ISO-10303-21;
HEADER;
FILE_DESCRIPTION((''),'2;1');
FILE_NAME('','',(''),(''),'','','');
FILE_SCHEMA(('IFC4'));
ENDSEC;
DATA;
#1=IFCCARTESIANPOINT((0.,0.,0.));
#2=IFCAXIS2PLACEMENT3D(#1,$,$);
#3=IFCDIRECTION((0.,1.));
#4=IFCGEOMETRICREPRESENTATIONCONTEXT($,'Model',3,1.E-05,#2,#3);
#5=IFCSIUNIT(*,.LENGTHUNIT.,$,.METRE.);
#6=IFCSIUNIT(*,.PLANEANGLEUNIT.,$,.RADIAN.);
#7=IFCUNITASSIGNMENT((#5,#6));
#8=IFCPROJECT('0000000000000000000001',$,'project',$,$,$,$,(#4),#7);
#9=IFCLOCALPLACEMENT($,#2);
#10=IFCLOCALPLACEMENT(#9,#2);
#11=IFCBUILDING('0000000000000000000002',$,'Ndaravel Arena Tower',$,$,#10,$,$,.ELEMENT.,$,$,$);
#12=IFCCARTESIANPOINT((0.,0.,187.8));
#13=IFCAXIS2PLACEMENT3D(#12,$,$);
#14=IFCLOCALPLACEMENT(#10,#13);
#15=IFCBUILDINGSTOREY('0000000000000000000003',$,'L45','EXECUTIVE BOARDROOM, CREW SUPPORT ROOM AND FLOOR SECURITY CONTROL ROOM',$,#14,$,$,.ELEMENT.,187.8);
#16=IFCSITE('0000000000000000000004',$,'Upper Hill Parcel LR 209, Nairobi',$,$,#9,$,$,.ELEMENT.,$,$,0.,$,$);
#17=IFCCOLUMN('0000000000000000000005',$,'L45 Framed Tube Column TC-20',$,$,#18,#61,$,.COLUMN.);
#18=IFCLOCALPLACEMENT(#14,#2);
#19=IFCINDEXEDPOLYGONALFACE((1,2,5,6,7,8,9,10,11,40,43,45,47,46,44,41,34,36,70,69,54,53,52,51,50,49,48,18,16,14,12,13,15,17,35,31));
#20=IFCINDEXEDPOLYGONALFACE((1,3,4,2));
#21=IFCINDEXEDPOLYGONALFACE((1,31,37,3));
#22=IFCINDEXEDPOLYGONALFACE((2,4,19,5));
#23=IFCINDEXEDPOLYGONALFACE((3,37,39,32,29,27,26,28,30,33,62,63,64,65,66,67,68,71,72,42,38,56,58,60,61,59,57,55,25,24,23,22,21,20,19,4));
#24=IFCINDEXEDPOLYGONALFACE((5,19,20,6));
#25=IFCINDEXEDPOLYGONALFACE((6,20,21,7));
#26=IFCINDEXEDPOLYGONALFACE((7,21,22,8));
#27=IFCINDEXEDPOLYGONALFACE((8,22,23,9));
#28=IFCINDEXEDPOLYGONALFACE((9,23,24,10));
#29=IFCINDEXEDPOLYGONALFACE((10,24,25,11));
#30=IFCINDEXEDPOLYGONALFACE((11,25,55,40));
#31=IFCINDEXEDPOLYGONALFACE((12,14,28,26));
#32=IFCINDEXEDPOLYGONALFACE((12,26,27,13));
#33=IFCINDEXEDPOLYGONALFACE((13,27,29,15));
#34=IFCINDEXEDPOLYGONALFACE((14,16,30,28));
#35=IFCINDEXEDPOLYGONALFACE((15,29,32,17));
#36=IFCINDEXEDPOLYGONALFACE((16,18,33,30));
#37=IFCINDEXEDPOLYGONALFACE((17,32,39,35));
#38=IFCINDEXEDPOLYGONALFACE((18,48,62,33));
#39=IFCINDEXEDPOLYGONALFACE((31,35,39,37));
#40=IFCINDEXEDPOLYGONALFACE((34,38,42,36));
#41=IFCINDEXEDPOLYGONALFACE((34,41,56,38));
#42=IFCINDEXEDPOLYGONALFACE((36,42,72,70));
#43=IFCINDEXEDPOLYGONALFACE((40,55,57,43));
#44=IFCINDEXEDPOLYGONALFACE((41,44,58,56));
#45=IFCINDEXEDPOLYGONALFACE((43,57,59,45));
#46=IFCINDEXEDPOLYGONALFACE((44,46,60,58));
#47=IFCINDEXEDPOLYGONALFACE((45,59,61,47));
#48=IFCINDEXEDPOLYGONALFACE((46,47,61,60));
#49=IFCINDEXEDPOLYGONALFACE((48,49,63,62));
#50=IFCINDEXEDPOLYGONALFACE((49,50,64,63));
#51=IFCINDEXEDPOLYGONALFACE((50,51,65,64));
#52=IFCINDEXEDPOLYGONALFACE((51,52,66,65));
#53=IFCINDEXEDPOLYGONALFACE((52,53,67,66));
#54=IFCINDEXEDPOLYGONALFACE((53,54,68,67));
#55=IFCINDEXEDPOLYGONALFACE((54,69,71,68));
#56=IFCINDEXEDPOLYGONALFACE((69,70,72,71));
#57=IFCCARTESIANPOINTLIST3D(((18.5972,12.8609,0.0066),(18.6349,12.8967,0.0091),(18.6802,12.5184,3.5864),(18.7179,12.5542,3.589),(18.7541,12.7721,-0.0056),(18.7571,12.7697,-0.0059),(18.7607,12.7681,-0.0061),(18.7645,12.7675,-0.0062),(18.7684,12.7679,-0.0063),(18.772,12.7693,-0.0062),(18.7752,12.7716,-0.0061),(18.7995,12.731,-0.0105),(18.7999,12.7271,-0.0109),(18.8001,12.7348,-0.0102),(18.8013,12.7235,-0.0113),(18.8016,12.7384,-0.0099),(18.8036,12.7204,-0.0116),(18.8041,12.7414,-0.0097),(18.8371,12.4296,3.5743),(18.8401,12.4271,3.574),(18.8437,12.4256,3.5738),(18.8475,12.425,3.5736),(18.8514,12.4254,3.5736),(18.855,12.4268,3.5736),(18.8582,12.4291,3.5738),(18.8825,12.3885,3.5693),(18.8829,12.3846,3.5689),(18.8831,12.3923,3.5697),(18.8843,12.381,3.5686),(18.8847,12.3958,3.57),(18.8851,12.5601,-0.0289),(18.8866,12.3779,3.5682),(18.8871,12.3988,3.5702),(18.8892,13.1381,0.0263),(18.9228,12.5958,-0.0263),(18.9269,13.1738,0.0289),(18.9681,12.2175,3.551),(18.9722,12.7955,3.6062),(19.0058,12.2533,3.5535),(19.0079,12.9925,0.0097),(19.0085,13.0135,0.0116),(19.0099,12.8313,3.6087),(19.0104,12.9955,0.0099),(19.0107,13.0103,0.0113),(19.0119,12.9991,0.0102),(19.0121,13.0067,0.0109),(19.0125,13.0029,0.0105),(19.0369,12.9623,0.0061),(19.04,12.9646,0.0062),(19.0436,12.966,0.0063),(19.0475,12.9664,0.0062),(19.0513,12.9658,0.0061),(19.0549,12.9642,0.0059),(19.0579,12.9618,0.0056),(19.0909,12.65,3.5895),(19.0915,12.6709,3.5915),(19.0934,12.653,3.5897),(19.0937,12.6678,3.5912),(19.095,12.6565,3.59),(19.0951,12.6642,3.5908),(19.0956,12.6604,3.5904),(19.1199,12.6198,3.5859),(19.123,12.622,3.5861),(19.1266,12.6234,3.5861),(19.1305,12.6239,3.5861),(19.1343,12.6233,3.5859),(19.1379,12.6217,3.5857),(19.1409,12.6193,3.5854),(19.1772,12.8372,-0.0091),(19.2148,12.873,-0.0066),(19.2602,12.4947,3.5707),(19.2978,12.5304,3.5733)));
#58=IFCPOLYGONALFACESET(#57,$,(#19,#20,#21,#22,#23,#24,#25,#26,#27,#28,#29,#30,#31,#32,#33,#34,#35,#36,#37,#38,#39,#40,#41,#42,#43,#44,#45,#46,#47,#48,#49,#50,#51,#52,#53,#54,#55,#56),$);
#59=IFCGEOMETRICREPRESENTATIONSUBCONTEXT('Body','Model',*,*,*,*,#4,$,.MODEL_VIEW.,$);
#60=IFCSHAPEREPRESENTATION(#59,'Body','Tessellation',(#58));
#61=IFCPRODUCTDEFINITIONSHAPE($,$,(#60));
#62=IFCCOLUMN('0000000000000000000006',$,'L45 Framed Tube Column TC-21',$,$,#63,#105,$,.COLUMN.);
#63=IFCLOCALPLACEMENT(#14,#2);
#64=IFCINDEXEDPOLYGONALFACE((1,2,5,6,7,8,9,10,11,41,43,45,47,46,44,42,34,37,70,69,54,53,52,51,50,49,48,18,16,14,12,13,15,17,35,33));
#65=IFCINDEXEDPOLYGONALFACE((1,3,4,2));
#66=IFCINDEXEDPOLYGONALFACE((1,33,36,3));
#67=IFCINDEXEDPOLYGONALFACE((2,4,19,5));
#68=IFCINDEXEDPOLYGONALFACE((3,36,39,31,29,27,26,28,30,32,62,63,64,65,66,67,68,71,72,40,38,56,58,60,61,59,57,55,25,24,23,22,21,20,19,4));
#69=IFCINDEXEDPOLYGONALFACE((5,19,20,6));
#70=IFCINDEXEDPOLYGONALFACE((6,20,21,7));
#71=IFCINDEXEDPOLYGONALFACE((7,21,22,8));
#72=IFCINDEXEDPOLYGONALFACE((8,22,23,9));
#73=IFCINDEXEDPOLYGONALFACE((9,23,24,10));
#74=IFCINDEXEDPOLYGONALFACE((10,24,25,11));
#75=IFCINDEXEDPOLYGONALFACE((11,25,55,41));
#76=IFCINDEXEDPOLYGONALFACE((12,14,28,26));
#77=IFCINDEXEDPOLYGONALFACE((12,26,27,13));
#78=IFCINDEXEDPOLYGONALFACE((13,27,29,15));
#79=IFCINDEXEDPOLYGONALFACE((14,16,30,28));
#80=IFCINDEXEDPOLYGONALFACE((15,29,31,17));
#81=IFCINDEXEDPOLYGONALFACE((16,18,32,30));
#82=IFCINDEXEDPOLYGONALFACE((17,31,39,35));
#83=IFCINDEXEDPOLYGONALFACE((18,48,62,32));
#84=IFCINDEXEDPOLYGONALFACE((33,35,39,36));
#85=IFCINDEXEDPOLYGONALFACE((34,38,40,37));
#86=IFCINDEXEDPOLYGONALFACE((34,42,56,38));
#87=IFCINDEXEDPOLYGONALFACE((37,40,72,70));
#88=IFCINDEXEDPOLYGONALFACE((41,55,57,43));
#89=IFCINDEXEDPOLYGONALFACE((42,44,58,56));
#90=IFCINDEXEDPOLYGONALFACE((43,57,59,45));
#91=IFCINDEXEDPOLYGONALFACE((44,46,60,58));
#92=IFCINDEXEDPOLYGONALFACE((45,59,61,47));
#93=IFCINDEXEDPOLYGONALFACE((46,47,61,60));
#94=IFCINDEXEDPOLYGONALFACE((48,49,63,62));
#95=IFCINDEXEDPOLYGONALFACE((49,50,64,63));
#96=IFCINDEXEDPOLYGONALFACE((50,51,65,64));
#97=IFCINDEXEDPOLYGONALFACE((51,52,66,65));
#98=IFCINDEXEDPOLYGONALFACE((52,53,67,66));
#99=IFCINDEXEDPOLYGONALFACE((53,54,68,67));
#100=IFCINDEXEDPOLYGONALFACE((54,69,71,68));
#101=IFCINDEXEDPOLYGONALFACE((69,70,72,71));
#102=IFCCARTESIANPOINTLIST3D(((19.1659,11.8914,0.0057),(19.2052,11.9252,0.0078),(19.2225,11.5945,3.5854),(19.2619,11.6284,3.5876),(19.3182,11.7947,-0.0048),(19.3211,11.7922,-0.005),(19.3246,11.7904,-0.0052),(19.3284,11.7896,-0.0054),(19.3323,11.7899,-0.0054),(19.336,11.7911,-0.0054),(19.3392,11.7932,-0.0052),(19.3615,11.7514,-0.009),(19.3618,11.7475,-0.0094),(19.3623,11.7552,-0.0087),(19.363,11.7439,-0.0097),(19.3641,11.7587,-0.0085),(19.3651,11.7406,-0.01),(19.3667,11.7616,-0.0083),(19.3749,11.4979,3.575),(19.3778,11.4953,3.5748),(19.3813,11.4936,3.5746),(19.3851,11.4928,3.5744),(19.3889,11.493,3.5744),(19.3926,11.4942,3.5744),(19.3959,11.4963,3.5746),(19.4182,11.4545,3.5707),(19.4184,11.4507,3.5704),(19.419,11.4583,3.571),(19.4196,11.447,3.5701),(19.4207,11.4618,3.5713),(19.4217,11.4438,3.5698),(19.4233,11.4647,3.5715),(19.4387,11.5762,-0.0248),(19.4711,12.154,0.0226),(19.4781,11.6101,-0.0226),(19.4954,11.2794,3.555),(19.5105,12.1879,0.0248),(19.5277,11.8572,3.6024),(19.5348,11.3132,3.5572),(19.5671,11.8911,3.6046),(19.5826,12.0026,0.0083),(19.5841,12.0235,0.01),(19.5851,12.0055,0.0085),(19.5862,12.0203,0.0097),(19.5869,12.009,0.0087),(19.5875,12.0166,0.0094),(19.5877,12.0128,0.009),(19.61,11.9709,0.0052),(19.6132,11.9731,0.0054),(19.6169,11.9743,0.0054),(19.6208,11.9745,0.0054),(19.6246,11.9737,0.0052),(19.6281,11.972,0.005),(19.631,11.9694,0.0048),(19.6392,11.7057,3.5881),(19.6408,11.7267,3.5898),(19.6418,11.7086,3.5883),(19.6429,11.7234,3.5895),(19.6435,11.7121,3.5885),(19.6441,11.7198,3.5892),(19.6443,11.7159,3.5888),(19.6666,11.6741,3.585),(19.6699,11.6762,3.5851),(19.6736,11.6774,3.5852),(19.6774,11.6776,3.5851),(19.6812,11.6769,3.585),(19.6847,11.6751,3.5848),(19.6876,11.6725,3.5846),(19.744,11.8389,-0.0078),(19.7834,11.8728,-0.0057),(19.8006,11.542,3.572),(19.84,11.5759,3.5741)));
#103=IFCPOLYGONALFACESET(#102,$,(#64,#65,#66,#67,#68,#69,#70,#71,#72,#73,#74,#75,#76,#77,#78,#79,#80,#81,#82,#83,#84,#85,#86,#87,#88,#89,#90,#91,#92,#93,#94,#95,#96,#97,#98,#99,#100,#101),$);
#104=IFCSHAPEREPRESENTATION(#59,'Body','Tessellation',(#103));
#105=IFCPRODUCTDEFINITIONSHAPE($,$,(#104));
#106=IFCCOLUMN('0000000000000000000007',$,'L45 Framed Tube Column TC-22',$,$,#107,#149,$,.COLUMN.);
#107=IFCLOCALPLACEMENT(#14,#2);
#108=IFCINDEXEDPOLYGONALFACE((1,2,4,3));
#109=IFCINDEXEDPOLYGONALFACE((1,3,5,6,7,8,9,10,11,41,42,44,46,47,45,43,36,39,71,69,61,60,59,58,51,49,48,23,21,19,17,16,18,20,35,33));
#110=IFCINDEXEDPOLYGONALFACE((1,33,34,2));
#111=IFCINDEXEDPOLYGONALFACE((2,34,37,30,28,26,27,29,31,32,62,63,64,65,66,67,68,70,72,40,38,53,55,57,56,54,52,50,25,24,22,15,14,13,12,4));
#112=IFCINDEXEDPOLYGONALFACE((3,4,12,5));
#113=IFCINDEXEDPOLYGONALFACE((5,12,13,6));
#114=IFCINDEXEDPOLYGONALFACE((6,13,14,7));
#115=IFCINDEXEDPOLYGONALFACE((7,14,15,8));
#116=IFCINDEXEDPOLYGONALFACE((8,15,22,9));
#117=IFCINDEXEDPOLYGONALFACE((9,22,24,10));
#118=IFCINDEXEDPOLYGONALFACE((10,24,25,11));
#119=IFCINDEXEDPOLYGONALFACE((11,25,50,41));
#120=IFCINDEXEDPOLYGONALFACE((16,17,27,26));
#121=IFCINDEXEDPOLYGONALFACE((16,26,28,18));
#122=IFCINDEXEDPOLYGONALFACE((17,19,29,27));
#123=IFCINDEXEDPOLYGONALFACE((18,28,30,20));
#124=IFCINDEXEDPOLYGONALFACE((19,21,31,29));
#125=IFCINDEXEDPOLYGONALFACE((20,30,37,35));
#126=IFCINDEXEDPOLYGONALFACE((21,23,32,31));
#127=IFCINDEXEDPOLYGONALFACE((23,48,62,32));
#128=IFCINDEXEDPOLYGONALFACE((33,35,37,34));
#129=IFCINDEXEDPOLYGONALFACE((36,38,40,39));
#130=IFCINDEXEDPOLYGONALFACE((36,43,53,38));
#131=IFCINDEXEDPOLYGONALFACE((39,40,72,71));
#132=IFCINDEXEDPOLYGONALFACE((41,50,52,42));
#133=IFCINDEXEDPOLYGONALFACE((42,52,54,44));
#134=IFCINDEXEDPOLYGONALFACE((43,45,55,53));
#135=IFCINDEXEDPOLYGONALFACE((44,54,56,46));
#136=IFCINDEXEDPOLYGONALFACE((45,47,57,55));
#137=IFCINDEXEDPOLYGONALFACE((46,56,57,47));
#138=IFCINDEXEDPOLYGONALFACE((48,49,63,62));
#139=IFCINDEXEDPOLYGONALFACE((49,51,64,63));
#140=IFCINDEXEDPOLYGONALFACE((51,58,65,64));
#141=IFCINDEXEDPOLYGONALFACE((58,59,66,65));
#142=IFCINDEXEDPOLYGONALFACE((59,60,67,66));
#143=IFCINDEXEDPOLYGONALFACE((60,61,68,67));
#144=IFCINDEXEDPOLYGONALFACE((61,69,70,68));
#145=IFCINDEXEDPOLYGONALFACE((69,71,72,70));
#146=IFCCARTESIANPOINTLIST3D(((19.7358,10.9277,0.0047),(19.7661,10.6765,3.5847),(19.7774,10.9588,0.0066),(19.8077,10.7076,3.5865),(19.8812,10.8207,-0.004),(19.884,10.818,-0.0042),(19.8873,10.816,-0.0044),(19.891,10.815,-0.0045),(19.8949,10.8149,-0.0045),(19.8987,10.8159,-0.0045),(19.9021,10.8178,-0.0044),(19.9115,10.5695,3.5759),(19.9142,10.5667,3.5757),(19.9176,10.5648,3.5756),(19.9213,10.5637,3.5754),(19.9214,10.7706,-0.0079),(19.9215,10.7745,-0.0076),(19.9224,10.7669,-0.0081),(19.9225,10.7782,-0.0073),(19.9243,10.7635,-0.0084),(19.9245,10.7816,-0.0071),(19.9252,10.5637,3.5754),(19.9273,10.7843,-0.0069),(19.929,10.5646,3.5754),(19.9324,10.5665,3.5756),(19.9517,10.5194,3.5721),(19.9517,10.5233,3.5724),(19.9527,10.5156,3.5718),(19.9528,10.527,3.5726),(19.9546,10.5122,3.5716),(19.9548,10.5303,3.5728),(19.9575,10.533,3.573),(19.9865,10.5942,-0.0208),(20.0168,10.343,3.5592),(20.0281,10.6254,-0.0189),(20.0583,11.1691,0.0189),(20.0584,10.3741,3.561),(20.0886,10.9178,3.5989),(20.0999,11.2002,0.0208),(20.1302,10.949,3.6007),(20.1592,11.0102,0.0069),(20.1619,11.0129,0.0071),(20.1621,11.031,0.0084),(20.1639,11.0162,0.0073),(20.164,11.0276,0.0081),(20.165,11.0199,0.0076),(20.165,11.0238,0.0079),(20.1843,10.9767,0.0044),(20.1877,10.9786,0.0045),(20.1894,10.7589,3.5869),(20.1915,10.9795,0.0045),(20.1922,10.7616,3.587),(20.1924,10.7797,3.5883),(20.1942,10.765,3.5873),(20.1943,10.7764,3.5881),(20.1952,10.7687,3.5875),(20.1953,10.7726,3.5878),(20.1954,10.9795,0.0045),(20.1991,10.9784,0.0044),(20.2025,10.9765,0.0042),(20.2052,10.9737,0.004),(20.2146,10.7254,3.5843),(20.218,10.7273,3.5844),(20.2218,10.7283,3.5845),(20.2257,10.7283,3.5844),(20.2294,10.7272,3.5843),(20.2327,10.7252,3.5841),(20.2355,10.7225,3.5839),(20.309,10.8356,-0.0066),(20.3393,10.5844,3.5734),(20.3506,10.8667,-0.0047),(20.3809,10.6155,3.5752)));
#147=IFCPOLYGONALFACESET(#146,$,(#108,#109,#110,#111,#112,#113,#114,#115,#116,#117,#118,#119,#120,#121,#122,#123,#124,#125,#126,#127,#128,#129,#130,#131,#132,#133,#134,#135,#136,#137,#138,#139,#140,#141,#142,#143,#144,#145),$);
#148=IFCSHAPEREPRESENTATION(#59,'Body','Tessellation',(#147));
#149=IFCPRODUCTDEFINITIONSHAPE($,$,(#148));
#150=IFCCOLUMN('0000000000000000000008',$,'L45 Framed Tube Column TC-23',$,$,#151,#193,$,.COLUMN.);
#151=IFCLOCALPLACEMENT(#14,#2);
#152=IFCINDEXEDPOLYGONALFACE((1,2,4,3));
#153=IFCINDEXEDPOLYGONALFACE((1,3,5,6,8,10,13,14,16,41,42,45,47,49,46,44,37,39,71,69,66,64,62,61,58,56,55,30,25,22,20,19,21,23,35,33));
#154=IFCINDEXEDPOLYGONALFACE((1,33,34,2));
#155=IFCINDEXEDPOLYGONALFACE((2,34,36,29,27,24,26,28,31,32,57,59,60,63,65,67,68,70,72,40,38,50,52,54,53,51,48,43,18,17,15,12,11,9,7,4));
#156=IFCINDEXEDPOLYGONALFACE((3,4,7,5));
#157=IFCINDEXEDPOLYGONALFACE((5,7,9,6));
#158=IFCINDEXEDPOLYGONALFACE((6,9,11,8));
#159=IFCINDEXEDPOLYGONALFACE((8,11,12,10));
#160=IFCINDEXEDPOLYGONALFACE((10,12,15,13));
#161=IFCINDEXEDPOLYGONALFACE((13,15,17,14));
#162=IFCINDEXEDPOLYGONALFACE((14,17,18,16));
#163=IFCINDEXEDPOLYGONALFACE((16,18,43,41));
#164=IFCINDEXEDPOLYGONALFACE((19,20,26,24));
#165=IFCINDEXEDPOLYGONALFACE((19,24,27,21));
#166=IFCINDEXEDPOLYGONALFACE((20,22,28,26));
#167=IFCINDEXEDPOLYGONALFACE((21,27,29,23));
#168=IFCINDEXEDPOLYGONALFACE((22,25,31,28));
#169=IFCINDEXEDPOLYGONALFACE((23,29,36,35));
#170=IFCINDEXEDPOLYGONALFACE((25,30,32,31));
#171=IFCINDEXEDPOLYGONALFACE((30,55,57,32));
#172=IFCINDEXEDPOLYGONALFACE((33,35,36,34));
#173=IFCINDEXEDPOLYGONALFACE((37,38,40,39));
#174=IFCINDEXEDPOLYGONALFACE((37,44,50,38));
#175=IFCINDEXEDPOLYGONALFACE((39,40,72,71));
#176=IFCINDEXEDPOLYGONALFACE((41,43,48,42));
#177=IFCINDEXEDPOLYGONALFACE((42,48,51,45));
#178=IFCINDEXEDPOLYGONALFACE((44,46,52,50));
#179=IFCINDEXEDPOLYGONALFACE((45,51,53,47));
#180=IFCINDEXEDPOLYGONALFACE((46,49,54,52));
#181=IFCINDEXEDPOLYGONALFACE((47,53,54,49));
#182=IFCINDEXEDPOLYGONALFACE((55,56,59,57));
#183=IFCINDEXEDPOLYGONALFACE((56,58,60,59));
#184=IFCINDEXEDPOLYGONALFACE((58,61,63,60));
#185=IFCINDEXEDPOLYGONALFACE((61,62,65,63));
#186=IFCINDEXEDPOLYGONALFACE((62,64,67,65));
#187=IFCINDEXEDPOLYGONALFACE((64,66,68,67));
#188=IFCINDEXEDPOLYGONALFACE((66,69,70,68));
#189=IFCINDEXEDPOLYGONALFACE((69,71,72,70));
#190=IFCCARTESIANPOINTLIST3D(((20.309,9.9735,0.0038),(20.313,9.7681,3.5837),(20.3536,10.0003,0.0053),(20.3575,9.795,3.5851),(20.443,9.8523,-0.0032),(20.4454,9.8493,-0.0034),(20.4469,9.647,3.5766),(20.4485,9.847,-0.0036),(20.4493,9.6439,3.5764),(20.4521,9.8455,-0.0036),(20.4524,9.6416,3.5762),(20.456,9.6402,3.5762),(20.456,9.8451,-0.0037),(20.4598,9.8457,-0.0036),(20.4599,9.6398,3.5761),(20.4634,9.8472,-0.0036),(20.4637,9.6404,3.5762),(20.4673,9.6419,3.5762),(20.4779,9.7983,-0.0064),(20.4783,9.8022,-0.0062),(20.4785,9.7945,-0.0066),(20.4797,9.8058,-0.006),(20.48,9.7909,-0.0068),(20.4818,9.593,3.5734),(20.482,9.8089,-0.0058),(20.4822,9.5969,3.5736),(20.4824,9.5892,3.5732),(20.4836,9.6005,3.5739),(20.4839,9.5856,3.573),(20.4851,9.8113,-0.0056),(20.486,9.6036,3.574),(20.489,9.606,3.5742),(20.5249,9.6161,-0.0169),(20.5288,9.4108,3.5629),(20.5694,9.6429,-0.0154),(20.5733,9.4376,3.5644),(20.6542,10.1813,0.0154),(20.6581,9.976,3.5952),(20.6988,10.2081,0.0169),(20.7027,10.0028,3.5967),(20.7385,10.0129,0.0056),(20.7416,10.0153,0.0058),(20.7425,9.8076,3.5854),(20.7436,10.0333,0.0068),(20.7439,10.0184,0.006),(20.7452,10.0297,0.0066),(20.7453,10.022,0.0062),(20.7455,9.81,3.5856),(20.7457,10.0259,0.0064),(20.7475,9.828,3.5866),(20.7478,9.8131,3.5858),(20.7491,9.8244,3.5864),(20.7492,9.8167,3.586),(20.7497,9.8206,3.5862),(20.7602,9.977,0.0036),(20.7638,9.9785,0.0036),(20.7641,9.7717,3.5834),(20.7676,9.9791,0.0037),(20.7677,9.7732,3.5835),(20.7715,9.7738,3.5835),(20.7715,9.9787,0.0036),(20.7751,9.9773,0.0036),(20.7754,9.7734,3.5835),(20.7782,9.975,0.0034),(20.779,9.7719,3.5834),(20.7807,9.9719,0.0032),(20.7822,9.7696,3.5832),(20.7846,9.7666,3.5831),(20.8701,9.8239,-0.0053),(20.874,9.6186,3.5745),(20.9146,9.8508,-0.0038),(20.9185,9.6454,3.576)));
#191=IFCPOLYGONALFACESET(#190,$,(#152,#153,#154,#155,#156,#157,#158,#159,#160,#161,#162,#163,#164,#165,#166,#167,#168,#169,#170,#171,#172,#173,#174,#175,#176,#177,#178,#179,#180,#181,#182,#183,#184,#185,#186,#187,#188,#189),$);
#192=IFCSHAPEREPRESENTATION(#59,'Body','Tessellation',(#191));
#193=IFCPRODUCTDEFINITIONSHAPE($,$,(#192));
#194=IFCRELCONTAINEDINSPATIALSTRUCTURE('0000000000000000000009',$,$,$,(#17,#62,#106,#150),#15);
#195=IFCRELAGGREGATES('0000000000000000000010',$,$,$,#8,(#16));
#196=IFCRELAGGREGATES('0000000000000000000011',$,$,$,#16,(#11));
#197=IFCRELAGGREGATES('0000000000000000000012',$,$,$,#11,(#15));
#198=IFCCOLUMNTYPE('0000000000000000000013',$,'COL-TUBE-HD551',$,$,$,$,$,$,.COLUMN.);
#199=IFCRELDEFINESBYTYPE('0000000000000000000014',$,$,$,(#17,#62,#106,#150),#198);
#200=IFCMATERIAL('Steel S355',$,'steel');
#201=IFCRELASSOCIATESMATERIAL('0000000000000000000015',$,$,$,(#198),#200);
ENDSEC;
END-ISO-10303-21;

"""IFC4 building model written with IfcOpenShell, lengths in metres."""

from ifc_helpers import new_model, si_unit, direction, frame, origin, origin_2d, place, context, subcontext, project, spatial, i_section, extrude, material, material_profile, profile_set, type_object, element, save


model = new_model("IFC4")

# Units and contexts
model_context = context("Model", 3, precision=1e-05, world=origin(), true_north=direction((0.0, 1.0)))
body_context = subcontext(model_context, "Body", "Model", "MODEL_VIEW")
ifc_project = project(units=[si_unit("LENGTHUNIT", "METRE"), si_unit("PLANEANGLEUNIT", "RADIAN")], contexts=[model_context])

# Site, building, storey
site_placement = place(None, origin())
site = spatial("IfcSite", under=ifc_project, at=site_placement, Name="Upper Hill Parcel LR 209, Nairobi", CompositionType="ELEMENT", RefElevation=0.0)
building_placement = place(site_placement, origin())
building = spatial("IfcBuilding", under=site, at=building_placement, Name="Ndaravel Arena Tower", CompositionType="ELEMENT")
storey_placement = place(building_placement, frame((0.0, 0.0, 187.8)))
storey = spatial("IfcBuildingStorey", under=building, at=storey_placement, Name="L45", Description="EXECUTIVE BOARDROOM, CREW SUPPORT ROOM AND FLOOR SECURITY CONTROL ROOM", CompositionType="ELEMENT", Elevation=187.8)

# Columns
ifc_material_1 = material(Name="Steel S355", Category="steel")
ifc_material_profile_1 = material_profile(ifc_material_1, i_section(OverallWidth=0.418, OverallDepth=0.4551, WebThickness=0.042, FlangeThickness=0.052, FilletRadius=0.0149, at=origin_2d()), Name="HD 400x551")
ifc_profile_set_1 = profile_set([ifc_material_profile_1], Name="Steel S355")
column_type = type_object("IfcColumnType", Name="COL-TUBE-HD551", PredefinedType="COLUMN", material=ifc_profile_set_1)
column_1_placement = place(storey_placement, frame((18.906, 12.8669, 0.0), z_axis=(0.023076, -0.095223, 0.995188), x_axis=(-0.68892, 0.719854, 0.084852)))
element("IfcColumn", 1, at=column_1_placement, inside=storey, type_object=column_type, Name="L45 Framed Tube Column TC-20", PredefinedType="COLUMN", context=body_context, shape_type="SweptSolid", body=[
    extrude(i_section(OverallWidth=0.418, OverallDepth=0.4551, WebThickness=0.042, FlangeThickness=0.052, FilletRadius=0.0149, at=origin_2d()), origin(), (0.0, 0.0, 1.0), 3.5972),
])
column_2_placement = place(storey_placement, frame((19.4746, 11.8821, 0.0), z_axis=(0.015766, -0.082636, 0.996455), x_axis=(-0.652867, 0.753961, 0.072856)))
element("IfcColumn", 2, at=column_2_placement, inside=storey, type_object=column_type, Name="L45 Framed Tube Column TC-21", PredefinedType="COLUMN", context=body_context, shape_type="SweptSolid", body=[
    extrude(i_section(OverallWidth=0.418, OverallDepth=0.4551, WebThickness=0.042, FlangeThickness=0.052, FilletRadius=0.0149, at=origin_2d()), origin(), (0.0, 0.0, 1.0), 3.5925),
])
column_3_placement = place(storey_placement, frame((20.0432, 10.8972, 0.0), z_axis=(0.008436, -0.070002, 0.997511), x_axis=(-0.599762, 0.797845, 0.061062)))
element("IfcColumn", 3, at=column_3_placement, inside=storey, type_object=column_type, Name="L45 Framed Tube Column TC-22", PredefinedType="COLUMN", context=body_context, shape_type="SweptSolid", body=[
    extrude(i_section(OverallWidth=0.418, OverallDepth=0.4551, WebThickness=0.042, FlangeThickness=0.052, FilletRadius=0.0149, at=origin_2d()), origin(), (0.0, 0.0, 1.0), 3.5889),
])
column_4_placement = place(storey_placement, frame((20.6118, 9.9121, 0.0), z_axis=(0.001089, -0.057261, 0.998359), x_axis=(-0.516356, 0.854937, 0.049599)))
element("IfcColumn", 4, at=column_4_placement, inside=storey, type_object=column_type, Name="L45 Framed Tube Column TC-23", PredefinedType="COLUMN", context=body_context, shape_type="SweptSolid", body=[
    extrude(i_section(OverallWidth=0.418, OverallDepth=0.4551, WebThickness=0.042, FlangeThickness=0.052, FilletRadius=0.0149, at=origin_2d()), origin(), (0.0, 0.0, 1.0), 3.5857),
])

save(model, "model.ifc")
